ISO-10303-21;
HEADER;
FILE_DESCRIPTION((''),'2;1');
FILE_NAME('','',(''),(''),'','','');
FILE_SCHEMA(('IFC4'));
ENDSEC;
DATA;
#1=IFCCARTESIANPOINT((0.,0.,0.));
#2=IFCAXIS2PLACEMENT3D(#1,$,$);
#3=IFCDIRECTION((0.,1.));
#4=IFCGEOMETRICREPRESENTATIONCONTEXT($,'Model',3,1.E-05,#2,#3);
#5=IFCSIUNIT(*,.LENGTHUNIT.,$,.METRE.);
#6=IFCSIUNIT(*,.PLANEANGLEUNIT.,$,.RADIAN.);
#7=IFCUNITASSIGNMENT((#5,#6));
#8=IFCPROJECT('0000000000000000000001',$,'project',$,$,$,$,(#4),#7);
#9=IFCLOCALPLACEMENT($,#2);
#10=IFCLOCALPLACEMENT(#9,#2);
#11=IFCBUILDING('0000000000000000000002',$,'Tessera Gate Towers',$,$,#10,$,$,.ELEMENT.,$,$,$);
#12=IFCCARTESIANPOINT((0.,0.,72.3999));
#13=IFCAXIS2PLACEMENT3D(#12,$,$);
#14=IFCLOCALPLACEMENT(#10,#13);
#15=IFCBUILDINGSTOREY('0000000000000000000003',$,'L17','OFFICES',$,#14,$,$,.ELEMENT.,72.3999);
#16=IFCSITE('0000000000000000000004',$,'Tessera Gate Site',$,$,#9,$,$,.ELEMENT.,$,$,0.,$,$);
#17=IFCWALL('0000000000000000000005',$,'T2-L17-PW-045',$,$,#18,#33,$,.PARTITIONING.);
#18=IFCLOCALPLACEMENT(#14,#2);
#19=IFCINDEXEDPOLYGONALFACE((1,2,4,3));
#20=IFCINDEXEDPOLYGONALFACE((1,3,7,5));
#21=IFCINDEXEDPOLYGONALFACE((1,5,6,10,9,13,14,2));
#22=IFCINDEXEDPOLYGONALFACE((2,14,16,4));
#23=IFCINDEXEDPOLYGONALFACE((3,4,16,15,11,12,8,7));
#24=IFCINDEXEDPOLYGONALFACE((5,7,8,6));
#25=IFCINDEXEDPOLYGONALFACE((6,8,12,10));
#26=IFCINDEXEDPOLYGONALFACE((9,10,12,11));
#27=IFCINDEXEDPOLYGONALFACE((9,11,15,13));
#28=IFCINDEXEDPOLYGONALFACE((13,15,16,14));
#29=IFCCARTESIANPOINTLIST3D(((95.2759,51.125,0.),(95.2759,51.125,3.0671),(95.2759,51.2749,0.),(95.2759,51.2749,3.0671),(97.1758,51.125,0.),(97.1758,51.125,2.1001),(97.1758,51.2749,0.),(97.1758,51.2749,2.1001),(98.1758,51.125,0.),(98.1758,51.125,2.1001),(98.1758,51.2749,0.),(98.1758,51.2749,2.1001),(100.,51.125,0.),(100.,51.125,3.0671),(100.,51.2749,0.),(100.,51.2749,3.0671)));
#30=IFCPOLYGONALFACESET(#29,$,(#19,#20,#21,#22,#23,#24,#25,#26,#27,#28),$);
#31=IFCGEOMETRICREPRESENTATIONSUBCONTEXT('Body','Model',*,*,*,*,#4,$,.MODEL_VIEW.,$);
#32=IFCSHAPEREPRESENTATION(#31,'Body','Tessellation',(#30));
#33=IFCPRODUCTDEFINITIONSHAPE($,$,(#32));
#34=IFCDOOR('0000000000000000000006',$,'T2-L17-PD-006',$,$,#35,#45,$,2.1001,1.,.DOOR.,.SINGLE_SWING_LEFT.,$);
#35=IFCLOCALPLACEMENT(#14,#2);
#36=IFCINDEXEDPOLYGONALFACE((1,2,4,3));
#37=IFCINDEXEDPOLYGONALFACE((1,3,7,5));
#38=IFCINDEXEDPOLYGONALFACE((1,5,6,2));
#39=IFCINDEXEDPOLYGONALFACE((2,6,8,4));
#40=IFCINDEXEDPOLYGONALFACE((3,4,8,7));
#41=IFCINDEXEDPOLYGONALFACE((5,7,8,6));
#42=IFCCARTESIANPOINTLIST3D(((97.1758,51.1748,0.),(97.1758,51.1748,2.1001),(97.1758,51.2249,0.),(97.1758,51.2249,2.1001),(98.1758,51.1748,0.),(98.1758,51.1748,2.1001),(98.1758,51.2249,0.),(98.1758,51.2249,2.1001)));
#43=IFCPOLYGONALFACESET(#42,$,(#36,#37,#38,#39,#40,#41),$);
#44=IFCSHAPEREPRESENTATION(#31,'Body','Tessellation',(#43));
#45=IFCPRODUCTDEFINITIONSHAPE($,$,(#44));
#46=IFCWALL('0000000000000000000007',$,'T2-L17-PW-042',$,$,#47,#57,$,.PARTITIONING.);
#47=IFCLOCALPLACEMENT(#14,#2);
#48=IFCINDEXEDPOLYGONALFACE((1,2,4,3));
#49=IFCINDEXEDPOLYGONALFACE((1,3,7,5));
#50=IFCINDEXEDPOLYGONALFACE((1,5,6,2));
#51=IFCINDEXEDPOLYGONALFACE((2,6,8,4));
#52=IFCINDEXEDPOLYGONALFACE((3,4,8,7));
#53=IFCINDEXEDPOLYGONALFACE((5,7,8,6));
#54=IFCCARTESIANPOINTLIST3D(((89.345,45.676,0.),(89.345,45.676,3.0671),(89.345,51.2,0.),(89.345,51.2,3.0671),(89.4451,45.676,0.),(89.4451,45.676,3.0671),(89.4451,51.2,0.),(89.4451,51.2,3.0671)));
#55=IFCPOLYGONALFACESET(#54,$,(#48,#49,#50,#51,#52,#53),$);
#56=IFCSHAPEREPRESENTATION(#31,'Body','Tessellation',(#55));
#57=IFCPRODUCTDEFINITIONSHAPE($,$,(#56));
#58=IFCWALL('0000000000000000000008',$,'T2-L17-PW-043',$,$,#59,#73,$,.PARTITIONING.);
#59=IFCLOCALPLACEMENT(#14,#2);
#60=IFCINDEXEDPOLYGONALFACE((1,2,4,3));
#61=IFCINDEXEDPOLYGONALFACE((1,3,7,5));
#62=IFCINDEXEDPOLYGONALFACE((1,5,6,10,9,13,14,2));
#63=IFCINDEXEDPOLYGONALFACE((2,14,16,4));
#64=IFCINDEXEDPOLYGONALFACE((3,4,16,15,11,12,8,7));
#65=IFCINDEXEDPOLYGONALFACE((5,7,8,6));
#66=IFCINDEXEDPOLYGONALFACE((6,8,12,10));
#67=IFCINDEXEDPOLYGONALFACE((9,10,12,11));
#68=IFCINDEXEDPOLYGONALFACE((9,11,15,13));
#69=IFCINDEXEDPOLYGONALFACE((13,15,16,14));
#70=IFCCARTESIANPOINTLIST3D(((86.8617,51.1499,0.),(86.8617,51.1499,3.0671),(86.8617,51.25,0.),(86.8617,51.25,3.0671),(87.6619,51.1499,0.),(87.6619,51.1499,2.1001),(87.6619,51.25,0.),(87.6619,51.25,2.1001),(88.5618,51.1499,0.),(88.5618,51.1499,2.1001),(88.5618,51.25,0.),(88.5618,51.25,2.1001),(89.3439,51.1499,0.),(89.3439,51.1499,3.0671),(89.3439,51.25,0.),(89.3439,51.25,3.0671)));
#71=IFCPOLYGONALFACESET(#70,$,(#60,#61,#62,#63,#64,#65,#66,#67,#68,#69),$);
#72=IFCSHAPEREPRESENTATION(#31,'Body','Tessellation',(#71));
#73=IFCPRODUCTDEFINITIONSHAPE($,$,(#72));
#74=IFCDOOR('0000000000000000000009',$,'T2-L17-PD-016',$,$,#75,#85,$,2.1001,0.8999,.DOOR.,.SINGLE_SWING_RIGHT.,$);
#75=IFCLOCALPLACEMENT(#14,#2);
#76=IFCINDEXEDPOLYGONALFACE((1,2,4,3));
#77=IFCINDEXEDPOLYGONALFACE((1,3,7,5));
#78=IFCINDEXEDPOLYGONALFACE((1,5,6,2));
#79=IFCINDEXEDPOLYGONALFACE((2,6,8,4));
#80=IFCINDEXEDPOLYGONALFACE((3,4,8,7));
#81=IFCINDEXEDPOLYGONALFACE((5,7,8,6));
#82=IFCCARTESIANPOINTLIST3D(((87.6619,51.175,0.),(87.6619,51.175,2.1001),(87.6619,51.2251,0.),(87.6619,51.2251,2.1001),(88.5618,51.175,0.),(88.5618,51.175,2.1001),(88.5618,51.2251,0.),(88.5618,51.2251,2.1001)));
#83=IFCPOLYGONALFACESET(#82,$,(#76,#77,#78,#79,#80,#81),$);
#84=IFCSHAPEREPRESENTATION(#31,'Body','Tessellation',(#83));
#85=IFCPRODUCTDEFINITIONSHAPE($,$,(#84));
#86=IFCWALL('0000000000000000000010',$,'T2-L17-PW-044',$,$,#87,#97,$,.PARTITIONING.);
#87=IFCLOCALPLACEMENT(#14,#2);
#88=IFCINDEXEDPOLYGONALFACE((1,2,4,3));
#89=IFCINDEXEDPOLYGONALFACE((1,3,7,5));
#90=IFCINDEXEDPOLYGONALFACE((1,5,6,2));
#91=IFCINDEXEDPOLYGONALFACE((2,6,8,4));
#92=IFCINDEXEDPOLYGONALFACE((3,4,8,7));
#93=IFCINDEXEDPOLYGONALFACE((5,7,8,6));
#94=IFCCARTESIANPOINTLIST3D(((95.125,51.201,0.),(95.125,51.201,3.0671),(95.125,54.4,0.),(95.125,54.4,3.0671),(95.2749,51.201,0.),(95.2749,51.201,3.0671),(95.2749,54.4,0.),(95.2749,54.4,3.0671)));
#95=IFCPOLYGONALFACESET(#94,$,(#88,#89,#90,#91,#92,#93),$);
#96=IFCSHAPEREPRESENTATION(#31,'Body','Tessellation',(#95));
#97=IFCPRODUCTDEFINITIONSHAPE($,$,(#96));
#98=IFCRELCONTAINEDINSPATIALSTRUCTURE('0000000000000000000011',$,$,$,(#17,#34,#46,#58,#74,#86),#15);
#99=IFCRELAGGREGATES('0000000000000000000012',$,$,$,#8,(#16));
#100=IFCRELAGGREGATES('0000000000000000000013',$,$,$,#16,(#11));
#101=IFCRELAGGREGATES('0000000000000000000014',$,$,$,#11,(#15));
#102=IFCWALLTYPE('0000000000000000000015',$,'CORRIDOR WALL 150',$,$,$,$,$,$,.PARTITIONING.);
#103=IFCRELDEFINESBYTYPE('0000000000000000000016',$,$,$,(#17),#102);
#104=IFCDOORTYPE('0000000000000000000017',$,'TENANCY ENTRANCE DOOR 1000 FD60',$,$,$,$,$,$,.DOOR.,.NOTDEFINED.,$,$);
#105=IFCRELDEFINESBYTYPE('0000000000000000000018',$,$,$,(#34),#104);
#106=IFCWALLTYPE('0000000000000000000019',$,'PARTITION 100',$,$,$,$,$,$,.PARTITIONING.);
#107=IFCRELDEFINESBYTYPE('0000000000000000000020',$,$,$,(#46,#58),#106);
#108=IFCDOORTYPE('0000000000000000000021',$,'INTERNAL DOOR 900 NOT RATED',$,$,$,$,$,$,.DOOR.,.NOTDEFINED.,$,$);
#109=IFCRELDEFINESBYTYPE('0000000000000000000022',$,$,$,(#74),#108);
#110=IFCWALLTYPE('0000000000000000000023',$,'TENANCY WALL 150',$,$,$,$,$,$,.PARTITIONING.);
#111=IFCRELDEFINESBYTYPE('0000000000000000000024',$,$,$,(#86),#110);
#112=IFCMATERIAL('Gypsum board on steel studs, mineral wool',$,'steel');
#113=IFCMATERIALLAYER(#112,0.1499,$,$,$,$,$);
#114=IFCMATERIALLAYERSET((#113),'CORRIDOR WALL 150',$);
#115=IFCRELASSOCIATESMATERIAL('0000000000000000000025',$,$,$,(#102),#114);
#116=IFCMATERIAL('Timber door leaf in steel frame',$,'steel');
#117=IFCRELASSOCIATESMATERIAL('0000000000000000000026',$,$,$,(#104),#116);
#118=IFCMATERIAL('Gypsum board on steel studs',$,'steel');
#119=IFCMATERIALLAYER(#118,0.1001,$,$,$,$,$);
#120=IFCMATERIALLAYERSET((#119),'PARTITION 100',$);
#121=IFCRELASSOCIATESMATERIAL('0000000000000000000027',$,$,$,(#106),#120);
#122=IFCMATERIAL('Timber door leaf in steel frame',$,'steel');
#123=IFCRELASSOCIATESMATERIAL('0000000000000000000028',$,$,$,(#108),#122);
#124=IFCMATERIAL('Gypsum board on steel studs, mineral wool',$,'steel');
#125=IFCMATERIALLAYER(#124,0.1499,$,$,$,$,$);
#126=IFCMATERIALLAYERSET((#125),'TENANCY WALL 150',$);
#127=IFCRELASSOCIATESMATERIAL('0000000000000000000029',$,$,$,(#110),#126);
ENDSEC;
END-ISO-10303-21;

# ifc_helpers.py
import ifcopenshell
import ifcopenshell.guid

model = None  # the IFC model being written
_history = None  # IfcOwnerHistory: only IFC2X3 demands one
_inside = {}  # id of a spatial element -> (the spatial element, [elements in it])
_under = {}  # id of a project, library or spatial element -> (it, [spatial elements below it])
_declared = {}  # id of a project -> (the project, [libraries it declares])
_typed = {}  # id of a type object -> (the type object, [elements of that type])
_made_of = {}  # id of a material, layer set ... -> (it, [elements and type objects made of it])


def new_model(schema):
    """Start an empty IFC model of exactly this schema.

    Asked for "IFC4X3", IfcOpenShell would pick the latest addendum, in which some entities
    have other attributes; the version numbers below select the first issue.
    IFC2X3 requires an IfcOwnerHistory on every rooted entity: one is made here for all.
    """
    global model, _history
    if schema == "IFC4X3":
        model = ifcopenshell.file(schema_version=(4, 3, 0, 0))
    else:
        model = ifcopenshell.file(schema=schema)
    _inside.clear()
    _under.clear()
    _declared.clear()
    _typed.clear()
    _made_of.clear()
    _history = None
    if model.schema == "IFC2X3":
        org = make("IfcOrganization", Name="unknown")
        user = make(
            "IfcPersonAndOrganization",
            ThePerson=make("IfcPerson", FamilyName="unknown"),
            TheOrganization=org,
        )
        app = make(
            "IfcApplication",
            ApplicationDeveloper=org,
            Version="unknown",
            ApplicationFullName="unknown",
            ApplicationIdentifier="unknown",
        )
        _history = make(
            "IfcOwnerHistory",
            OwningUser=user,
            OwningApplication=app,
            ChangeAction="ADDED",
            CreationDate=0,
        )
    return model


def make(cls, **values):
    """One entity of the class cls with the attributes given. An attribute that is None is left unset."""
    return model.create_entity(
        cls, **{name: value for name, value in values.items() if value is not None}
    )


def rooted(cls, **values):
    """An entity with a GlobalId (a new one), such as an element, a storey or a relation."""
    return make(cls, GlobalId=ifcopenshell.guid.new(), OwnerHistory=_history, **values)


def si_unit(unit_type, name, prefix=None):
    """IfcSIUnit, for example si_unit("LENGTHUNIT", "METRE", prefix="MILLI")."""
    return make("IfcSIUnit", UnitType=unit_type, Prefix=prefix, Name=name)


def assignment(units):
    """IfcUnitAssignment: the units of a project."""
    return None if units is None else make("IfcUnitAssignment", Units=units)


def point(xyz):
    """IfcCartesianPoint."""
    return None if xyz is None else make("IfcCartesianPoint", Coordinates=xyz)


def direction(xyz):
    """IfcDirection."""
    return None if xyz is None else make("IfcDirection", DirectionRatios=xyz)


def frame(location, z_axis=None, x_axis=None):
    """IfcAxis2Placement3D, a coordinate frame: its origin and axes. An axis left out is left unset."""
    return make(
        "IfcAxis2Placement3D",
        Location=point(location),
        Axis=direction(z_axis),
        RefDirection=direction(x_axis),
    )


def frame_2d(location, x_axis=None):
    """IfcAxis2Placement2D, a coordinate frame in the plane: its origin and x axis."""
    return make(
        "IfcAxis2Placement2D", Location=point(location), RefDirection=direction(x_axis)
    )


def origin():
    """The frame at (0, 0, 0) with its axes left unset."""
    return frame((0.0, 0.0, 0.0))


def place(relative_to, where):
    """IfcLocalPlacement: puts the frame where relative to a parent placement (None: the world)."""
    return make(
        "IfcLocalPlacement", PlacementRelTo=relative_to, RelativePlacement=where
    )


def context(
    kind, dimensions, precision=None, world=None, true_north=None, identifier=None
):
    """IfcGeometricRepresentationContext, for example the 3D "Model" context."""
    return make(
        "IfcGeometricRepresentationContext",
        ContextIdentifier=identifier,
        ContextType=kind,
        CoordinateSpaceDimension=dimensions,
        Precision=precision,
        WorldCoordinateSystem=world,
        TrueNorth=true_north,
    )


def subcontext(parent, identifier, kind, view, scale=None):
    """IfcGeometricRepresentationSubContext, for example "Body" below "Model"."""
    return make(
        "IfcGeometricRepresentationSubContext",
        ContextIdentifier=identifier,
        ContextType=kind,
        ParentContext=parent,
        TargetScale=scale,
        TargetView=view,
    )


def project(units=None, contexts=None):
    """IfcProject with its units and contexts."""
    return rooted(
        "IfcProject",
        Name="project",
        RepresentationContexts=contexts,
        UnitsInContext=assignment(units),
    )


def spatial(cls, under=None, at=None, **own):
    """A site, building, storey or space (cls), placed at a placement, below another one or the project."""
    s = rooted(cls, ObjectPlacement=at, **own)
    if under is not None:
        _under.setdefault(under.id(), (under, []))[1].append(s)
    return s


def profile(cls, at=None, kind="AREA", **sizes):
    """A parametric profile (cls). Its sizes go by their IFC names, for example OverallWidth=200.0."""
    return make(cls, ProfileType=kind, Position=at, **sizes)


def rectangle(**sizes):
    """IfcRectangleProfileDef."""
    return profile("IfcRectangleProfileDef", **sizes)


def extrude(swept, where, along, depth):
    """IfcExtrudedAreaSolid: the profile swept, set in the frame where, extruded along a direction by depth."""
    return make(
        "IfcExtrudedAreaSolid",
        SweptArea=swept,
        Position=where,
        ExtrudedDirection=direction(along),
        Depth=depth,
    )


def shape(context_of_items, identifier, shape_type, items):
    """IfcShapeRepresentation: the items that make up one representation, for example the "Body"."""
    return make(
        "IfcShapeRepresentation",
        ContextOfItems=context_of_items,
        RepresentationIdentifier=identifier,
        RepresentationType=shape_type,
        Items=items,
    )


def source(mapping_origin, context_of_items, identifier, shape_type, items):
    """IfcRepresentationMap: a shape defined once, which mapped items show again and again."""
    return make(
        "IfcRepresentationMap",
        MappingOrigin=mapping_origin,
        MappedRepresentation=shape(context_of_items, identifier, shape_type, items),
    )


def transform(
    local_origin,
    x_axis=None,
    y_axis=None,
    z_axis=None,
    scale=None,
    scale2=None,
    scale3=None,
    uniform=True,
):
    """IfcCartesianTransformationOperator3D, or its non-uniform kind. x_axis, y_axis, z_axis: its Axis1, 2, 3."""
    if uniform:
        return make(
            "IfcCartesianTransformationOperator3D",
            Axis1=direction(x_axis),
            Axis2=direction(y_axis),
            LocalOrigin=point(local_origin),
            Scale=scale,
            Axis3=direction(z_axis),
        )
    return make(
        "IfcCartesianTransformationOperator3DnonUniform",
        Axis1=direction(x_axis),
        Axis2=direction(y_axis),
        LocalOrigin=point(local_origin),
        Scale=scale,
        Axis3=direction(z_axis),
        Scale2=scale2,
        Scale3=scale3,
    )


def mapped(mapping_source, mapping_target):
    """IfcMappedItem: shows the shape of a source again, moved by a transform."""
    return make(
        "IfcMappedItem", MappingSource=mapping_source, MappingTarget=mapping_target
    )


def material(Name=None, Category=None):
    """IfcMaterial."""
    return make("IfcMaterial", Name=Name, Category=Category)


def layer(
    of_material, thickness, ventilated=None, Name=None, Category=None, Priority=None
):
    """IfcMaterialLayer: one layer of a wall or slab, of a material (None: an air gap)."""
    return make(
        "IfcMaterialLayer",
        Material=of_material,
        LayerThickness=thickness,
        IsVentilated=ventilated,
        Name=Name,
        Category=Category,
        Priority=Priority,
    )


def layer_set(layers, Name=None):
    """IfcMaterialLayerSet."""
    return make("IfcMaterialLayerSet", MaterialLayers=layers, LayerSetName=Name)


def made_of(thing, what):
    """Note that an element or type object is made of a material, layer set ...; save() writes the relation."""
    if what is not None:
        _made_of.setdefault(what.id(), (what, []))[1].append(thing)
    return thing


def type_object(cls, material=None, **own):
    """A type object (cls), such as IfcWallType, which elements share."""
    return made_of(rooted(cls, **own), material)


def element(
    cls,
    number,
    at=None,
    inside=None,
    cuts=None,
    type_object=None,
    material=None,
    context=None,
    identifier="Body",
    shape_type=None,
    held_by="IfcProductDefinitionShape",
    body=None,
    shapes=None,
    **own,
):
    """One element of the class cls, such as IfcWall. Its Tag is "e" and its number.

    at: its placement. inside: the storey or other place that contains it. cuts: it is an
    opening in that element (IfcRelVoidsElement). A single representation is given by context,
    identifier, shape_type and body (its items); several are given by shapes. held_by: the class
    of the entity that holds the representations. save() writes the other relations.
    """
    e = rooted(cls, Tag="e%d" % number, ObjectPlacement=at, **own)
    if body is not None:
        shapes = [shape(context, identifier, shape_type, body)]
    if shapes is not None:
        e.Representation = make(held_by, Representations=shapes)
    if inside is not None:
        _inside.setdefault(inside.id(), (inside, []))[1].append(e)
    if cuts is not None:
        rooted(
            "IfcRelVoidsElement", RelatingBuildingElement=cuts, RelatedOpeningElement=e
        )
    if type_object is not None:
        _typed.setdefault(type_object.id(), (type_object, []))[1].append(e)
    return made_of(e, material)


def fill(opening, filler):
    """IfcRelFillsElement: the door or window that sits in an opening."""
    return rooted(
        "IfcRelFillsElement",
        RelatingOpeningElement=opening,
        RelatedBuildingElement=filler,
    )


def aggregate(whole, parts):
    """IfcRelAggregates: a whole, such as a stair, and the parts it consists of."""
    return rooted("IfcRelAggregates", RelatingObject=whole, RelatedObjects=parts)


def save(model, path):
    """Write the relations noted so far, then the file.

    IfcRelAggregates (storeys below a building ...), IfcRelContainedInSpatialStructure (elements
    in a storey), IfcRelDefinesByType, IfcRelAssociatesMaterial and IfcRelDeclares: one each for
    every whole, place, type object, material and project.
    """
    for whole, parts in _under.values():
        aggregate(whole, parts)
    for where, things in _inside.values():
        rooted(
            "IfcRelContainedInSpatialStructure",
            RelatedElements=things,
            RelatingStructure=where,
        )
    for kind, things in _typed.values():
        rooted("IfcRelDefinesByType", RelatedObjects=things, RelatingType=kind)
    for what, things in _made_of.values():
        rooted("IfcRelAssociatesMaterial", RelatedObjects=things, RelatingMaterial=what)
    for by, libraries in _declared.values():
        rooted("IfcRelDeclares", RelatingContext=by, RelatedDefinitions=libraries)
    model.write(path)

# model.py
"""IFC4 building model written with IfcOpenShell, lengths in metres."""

from ifc_helpers import new_model, si_unit, direction, frame, frame_2d, origin, place, context, subcontext, project, spatial, rectangle, extrude, source, transform, mapped, material, layer, layer_set, type_object, element, fill, save


model = new_model("IFC4")

# Units and contexts
model_context = context("Model", 3, precision=1e-05, world=origin(), true_north=direction((0.0, 1.0)))
body_context = subcontext(model_context, "Body", "Model", "MODEL_VIEW")
ifc_project = project(units=[si_unit("LENGTHUNIT", "METRE"), si_unit("PLANEANGLEUNIT", "RADIAN")], contexts=[model_context])

# Site, building, storey
site_placement = place(None, origin())
site = spatial("IfcSite", under=ifc_project, at=site_placement, Name="Tessera Gate Site", CompositionType="ELEMENT", RefElevation=0.0)
building_placement = place(site_placement, origin())
building = spatial("IfcBuilding", under=site, at=building_placement, Name="Tessera Gate Towers", CompositionType="ELEMENT")
storey_placement = place(building_placement, frame((0.0, 0.0, 72.3999)))
storey = spatial("IfcBuildingStorey", under=building, at=storey_placement, Name="L17", Description="OFFICES", CompositionType="ELEMENT", Elevation=72.3999)

# Wall, opening, door
ifc_material_1 = material(Name="Gypsum board on steel studs, mineral wool", Category="steel")
ifc_layer_1 = layer(ifc_material_1, 0.1499)
ifc_layer_set_1 = layer_set([ifc_layer_1], Name="CORRIDOR WALL 150")
wall_type_1 = type_object("IfcWallType", Name="CORRIDOR WALL 150", PredefinedType="PARTITIONING", material=ifc_layer_set_1)
wall_1_placement = place(storey_placement, frame((95.2759, 51.2, 0.0), z_axis=(0.0, 0.0, 1.0), x_axis=(1.0, 0.0, 0.0)))
wall_1 = element("IfcWall", 1, at=wall_1_placement, inside=storey, type_object=wall_type_1, Name="T2-L17-PW-045", PredefinedType="PARTITIONING", context=body_context, shape_type="SweptSolid", body=[
    extrude(rectangle(XDim=4.7241, YDim=0.1499, at=frame_2d((2.3621, 0.0))), origin(), (0.0, 0.0, 1.0), 3.0671),
])
shared_shape_1 = source(origin(), body_context, "Body", "SweptSolid", [
    extrude(rectangle(XDim=1.0, YDim=2.1001, at=frame_2d((0.5, 1.05))), frame((0.0, 0.085, 0.0), z_axis=(0.0, -1.0, 0.0), x_axis=(1.0, 0.0, 0.0)), (0.0, 0.0, 1.0), 0.1699),
])
opening_1_placement = place(wall_1_placement, frame((1.8999, 0.0, 0.0)))
opening_1 = element("IfcOpeningElement", 2, at=opening_1_placement, cuts=wall_1, PredefinedType="OPENING", context=body_context, shape_type="MappedRepresentation", body=[
    mapped(shared_shape_1, transform((0.0, 0.0, 0.0), scale=1.0)),
])
ifc_material_2 = material(Name="Timber door leaf in steel frame", Category="steel")
door_type_1 = type_object("IfcDoorType", Name="TENANCY ENTRANCE DOOR 1000 FD60", OperationType="NOTDEFINED", PredefinedType="DOOR", material=ifc_material_2)
shared_shape_2 = source(origin(), body_context, "Body", "SweptSolid", [
    extrude(rectangle(XDim=1.0, YDim=2.1001, at=frame_2d((0.5, 1.05))), frame((0.0, 0.0249, 0.0), z_axis=(0.0, -1.0, 0.0), x_axis=(1.0, 0.0, 0.0)), (0.0, 0.0, 1.0), 0.05),
])
door_1_placement = place(opening_1_placement, origin())
door_1 = element("IfcDoor", 3, at=door_1_placement, inside=storey, type_object=door_type_1, Name="T2-L17-PD-006", OperationType="SINGLE_SWING_LEFT", OverallHeight=2.1001, OverallWidth=1.0, PredefinedType="DOOR", context=body_context, shape_type="MappedRepresentation", body=[
    mapped(shared_shape_2, transform((0.0, 0.0, 0.0), scale=1.0)),
])
fill(opening_1, door_1)

# Wall
ifc_material_3 = material(Name="Gypsum board on steel studs", Category="steel")
ifc_layer_2 = layer(ifc_material_3, 0.1001)
ifc_layer_set_2 = layer_set([ifc_layer_2], Name="PARTITION 100")
wall_type_2 = type_object("IfcWallType", Name="PARTITION 100", PredefinedType="PARTITIONING", material=ifc_layer_set_2)
wall_2_placement = place(storey_placement, frame((89.395, 45.676, 0.0), z_axis=(0.0, 0.0, 1.0), x_axis=(0.0, 1.0, 0.0)))
element("IfcWall", 4, at=wall_2_placement, inside=storey, type_object=wall_type_2, Name="T2-L17-PW-042", PredefinedType="PARTITIONING", context=body_context, shape_type="SweptSolid", body=[
    extrude(rectangle(XDim=5.5239, YDim=0.1001, at=frame_2d((2.762, 0.0))), origin(), (0.0, 0.0, 1.0), 3.0671),
])

# Wall, opening, door
wall_3_placement = place(storey_placement, frame((89.344, 51.2, 0.0), z_axis=(0.0, 0.0, 1.0), x_axis=(-1.0, 0.0, 0.0)))
wall_3 = element("IfcWall", 5, at=wall_3_placement, inside=storey, type_object=wall_type_2, Name="T2-L17-PW-043", PredefinedType="PARTITIONING", context=body_context, shape_type="SweptSolid", body=[
    extrude(rectangle(XDim=2.4822, YDim=0.1001, at=frame_2d((1.2412, 0.0))), origin(), (0.0, 0.0, 1.0), 3.0671),
])
shared_shape_3 = source(origin(), body_context, "Body", "SweptSolid", [
    extrude(rectangle(XDim=0.8999, YDim=2.1001, at=frame_2d((0.45, 1.05))), frame((0.0, 0.0601, 0.0), z_axis=(0.0, -1.0, 0.0), x_axis=(1.0, 0.0, 0.0)), (0.0, 0.0, 1.0), 0.1201),
])
opening_2_placement = place(wall_3_placement, frame((0.7822, 0.0, 0.0)))
opening_2 = element("IfcOpeningElement", 6, at=opening_2_placement, cuts=wall_3, PredefinedType="OPENING", context=body_context, shape_type="MappedRepresentation", body=[
    mapped(shared_shape_3, transform((0.0, 0.0, 0.0), scale=1.0)),
])
ifc_material_4 = material(Name="Timber door leaf in steel frame", Category="steel")
door_type_2 = type_object("IfcDoorType", Name="INTERNAL DOOR 900 NOT RATED", OperationType="NOTDEFINED", PredefinedType="DOOR", material=ifc_material_4)
shared_shape_4 = source(origin(), body_context, "Body", "SweptSolid", [
    extrude(rectangle(XDim=0.8999, YDim=2.1001, at=frame_2d((0.45, 1.05))), frame((0.0, 0.0249, 0.0), z_axis=(0.0, -1.0, 0.0), x_axis=(1.0, 0.0, 0.0)), (0.0, 0.0, 1.0), 0.05),
])
door_2_placement = place(opening_2_placement, origin())
door_2 = element("IfcDoor", 7, at=door_2_placement, inside=storey, type_object=door_type_2, Name="T2-L17-PD-016", OperationType="SINGLE_SWING_RIGHT", OverallHeight=2.1001, OverallWidth=0.8999, PredefinedType="DOOR", context=body_context, shape_type="MappedRepresentation", body=[
    mapped(shared_shape_4, transform((0.0, 0.0, 0.0), scale=1.0)),
])
fill(opening_2, door_2)

# Wall
ifc_material_5 = material(Name="Gypsum board on steel studs, mineral wool", Category="steel")
ifc_layer_3 = layer(ifc_material_5, 0.1499)
ifc_layer_set_3 = layer_set([ifc_layer_3], Name="TENANCY WALL 150")
wall_type_3 = type_object("IfcWallType", Name="TENANCY WALL 150", PredefinedType="PARTITIONING", material=ifc_layer_set_3)
wall_4_placement = place(storey_placement, frame((95.2, 51.2009, 0.0), z_axis=(0.0, 0.0, 1.0), x_axis=(0.0, 1.0, 0.0)))
element("IfcWall", 8, at=wall_4_placement, inside=storey, type_object=wall_type_3, Name="T2-L17-PW-044", PredefinedType="PARTITIONING", context=body_context, shape_type="SweptSolid", body=[
    extrude(rectangle(XDim=3.199, YDim=0.1499, at=frame_2d((1.5996, 0.0))), origin(), (0.0, 0.0, 1.0), 3.0671),
])

save(model, "model.ifc")
